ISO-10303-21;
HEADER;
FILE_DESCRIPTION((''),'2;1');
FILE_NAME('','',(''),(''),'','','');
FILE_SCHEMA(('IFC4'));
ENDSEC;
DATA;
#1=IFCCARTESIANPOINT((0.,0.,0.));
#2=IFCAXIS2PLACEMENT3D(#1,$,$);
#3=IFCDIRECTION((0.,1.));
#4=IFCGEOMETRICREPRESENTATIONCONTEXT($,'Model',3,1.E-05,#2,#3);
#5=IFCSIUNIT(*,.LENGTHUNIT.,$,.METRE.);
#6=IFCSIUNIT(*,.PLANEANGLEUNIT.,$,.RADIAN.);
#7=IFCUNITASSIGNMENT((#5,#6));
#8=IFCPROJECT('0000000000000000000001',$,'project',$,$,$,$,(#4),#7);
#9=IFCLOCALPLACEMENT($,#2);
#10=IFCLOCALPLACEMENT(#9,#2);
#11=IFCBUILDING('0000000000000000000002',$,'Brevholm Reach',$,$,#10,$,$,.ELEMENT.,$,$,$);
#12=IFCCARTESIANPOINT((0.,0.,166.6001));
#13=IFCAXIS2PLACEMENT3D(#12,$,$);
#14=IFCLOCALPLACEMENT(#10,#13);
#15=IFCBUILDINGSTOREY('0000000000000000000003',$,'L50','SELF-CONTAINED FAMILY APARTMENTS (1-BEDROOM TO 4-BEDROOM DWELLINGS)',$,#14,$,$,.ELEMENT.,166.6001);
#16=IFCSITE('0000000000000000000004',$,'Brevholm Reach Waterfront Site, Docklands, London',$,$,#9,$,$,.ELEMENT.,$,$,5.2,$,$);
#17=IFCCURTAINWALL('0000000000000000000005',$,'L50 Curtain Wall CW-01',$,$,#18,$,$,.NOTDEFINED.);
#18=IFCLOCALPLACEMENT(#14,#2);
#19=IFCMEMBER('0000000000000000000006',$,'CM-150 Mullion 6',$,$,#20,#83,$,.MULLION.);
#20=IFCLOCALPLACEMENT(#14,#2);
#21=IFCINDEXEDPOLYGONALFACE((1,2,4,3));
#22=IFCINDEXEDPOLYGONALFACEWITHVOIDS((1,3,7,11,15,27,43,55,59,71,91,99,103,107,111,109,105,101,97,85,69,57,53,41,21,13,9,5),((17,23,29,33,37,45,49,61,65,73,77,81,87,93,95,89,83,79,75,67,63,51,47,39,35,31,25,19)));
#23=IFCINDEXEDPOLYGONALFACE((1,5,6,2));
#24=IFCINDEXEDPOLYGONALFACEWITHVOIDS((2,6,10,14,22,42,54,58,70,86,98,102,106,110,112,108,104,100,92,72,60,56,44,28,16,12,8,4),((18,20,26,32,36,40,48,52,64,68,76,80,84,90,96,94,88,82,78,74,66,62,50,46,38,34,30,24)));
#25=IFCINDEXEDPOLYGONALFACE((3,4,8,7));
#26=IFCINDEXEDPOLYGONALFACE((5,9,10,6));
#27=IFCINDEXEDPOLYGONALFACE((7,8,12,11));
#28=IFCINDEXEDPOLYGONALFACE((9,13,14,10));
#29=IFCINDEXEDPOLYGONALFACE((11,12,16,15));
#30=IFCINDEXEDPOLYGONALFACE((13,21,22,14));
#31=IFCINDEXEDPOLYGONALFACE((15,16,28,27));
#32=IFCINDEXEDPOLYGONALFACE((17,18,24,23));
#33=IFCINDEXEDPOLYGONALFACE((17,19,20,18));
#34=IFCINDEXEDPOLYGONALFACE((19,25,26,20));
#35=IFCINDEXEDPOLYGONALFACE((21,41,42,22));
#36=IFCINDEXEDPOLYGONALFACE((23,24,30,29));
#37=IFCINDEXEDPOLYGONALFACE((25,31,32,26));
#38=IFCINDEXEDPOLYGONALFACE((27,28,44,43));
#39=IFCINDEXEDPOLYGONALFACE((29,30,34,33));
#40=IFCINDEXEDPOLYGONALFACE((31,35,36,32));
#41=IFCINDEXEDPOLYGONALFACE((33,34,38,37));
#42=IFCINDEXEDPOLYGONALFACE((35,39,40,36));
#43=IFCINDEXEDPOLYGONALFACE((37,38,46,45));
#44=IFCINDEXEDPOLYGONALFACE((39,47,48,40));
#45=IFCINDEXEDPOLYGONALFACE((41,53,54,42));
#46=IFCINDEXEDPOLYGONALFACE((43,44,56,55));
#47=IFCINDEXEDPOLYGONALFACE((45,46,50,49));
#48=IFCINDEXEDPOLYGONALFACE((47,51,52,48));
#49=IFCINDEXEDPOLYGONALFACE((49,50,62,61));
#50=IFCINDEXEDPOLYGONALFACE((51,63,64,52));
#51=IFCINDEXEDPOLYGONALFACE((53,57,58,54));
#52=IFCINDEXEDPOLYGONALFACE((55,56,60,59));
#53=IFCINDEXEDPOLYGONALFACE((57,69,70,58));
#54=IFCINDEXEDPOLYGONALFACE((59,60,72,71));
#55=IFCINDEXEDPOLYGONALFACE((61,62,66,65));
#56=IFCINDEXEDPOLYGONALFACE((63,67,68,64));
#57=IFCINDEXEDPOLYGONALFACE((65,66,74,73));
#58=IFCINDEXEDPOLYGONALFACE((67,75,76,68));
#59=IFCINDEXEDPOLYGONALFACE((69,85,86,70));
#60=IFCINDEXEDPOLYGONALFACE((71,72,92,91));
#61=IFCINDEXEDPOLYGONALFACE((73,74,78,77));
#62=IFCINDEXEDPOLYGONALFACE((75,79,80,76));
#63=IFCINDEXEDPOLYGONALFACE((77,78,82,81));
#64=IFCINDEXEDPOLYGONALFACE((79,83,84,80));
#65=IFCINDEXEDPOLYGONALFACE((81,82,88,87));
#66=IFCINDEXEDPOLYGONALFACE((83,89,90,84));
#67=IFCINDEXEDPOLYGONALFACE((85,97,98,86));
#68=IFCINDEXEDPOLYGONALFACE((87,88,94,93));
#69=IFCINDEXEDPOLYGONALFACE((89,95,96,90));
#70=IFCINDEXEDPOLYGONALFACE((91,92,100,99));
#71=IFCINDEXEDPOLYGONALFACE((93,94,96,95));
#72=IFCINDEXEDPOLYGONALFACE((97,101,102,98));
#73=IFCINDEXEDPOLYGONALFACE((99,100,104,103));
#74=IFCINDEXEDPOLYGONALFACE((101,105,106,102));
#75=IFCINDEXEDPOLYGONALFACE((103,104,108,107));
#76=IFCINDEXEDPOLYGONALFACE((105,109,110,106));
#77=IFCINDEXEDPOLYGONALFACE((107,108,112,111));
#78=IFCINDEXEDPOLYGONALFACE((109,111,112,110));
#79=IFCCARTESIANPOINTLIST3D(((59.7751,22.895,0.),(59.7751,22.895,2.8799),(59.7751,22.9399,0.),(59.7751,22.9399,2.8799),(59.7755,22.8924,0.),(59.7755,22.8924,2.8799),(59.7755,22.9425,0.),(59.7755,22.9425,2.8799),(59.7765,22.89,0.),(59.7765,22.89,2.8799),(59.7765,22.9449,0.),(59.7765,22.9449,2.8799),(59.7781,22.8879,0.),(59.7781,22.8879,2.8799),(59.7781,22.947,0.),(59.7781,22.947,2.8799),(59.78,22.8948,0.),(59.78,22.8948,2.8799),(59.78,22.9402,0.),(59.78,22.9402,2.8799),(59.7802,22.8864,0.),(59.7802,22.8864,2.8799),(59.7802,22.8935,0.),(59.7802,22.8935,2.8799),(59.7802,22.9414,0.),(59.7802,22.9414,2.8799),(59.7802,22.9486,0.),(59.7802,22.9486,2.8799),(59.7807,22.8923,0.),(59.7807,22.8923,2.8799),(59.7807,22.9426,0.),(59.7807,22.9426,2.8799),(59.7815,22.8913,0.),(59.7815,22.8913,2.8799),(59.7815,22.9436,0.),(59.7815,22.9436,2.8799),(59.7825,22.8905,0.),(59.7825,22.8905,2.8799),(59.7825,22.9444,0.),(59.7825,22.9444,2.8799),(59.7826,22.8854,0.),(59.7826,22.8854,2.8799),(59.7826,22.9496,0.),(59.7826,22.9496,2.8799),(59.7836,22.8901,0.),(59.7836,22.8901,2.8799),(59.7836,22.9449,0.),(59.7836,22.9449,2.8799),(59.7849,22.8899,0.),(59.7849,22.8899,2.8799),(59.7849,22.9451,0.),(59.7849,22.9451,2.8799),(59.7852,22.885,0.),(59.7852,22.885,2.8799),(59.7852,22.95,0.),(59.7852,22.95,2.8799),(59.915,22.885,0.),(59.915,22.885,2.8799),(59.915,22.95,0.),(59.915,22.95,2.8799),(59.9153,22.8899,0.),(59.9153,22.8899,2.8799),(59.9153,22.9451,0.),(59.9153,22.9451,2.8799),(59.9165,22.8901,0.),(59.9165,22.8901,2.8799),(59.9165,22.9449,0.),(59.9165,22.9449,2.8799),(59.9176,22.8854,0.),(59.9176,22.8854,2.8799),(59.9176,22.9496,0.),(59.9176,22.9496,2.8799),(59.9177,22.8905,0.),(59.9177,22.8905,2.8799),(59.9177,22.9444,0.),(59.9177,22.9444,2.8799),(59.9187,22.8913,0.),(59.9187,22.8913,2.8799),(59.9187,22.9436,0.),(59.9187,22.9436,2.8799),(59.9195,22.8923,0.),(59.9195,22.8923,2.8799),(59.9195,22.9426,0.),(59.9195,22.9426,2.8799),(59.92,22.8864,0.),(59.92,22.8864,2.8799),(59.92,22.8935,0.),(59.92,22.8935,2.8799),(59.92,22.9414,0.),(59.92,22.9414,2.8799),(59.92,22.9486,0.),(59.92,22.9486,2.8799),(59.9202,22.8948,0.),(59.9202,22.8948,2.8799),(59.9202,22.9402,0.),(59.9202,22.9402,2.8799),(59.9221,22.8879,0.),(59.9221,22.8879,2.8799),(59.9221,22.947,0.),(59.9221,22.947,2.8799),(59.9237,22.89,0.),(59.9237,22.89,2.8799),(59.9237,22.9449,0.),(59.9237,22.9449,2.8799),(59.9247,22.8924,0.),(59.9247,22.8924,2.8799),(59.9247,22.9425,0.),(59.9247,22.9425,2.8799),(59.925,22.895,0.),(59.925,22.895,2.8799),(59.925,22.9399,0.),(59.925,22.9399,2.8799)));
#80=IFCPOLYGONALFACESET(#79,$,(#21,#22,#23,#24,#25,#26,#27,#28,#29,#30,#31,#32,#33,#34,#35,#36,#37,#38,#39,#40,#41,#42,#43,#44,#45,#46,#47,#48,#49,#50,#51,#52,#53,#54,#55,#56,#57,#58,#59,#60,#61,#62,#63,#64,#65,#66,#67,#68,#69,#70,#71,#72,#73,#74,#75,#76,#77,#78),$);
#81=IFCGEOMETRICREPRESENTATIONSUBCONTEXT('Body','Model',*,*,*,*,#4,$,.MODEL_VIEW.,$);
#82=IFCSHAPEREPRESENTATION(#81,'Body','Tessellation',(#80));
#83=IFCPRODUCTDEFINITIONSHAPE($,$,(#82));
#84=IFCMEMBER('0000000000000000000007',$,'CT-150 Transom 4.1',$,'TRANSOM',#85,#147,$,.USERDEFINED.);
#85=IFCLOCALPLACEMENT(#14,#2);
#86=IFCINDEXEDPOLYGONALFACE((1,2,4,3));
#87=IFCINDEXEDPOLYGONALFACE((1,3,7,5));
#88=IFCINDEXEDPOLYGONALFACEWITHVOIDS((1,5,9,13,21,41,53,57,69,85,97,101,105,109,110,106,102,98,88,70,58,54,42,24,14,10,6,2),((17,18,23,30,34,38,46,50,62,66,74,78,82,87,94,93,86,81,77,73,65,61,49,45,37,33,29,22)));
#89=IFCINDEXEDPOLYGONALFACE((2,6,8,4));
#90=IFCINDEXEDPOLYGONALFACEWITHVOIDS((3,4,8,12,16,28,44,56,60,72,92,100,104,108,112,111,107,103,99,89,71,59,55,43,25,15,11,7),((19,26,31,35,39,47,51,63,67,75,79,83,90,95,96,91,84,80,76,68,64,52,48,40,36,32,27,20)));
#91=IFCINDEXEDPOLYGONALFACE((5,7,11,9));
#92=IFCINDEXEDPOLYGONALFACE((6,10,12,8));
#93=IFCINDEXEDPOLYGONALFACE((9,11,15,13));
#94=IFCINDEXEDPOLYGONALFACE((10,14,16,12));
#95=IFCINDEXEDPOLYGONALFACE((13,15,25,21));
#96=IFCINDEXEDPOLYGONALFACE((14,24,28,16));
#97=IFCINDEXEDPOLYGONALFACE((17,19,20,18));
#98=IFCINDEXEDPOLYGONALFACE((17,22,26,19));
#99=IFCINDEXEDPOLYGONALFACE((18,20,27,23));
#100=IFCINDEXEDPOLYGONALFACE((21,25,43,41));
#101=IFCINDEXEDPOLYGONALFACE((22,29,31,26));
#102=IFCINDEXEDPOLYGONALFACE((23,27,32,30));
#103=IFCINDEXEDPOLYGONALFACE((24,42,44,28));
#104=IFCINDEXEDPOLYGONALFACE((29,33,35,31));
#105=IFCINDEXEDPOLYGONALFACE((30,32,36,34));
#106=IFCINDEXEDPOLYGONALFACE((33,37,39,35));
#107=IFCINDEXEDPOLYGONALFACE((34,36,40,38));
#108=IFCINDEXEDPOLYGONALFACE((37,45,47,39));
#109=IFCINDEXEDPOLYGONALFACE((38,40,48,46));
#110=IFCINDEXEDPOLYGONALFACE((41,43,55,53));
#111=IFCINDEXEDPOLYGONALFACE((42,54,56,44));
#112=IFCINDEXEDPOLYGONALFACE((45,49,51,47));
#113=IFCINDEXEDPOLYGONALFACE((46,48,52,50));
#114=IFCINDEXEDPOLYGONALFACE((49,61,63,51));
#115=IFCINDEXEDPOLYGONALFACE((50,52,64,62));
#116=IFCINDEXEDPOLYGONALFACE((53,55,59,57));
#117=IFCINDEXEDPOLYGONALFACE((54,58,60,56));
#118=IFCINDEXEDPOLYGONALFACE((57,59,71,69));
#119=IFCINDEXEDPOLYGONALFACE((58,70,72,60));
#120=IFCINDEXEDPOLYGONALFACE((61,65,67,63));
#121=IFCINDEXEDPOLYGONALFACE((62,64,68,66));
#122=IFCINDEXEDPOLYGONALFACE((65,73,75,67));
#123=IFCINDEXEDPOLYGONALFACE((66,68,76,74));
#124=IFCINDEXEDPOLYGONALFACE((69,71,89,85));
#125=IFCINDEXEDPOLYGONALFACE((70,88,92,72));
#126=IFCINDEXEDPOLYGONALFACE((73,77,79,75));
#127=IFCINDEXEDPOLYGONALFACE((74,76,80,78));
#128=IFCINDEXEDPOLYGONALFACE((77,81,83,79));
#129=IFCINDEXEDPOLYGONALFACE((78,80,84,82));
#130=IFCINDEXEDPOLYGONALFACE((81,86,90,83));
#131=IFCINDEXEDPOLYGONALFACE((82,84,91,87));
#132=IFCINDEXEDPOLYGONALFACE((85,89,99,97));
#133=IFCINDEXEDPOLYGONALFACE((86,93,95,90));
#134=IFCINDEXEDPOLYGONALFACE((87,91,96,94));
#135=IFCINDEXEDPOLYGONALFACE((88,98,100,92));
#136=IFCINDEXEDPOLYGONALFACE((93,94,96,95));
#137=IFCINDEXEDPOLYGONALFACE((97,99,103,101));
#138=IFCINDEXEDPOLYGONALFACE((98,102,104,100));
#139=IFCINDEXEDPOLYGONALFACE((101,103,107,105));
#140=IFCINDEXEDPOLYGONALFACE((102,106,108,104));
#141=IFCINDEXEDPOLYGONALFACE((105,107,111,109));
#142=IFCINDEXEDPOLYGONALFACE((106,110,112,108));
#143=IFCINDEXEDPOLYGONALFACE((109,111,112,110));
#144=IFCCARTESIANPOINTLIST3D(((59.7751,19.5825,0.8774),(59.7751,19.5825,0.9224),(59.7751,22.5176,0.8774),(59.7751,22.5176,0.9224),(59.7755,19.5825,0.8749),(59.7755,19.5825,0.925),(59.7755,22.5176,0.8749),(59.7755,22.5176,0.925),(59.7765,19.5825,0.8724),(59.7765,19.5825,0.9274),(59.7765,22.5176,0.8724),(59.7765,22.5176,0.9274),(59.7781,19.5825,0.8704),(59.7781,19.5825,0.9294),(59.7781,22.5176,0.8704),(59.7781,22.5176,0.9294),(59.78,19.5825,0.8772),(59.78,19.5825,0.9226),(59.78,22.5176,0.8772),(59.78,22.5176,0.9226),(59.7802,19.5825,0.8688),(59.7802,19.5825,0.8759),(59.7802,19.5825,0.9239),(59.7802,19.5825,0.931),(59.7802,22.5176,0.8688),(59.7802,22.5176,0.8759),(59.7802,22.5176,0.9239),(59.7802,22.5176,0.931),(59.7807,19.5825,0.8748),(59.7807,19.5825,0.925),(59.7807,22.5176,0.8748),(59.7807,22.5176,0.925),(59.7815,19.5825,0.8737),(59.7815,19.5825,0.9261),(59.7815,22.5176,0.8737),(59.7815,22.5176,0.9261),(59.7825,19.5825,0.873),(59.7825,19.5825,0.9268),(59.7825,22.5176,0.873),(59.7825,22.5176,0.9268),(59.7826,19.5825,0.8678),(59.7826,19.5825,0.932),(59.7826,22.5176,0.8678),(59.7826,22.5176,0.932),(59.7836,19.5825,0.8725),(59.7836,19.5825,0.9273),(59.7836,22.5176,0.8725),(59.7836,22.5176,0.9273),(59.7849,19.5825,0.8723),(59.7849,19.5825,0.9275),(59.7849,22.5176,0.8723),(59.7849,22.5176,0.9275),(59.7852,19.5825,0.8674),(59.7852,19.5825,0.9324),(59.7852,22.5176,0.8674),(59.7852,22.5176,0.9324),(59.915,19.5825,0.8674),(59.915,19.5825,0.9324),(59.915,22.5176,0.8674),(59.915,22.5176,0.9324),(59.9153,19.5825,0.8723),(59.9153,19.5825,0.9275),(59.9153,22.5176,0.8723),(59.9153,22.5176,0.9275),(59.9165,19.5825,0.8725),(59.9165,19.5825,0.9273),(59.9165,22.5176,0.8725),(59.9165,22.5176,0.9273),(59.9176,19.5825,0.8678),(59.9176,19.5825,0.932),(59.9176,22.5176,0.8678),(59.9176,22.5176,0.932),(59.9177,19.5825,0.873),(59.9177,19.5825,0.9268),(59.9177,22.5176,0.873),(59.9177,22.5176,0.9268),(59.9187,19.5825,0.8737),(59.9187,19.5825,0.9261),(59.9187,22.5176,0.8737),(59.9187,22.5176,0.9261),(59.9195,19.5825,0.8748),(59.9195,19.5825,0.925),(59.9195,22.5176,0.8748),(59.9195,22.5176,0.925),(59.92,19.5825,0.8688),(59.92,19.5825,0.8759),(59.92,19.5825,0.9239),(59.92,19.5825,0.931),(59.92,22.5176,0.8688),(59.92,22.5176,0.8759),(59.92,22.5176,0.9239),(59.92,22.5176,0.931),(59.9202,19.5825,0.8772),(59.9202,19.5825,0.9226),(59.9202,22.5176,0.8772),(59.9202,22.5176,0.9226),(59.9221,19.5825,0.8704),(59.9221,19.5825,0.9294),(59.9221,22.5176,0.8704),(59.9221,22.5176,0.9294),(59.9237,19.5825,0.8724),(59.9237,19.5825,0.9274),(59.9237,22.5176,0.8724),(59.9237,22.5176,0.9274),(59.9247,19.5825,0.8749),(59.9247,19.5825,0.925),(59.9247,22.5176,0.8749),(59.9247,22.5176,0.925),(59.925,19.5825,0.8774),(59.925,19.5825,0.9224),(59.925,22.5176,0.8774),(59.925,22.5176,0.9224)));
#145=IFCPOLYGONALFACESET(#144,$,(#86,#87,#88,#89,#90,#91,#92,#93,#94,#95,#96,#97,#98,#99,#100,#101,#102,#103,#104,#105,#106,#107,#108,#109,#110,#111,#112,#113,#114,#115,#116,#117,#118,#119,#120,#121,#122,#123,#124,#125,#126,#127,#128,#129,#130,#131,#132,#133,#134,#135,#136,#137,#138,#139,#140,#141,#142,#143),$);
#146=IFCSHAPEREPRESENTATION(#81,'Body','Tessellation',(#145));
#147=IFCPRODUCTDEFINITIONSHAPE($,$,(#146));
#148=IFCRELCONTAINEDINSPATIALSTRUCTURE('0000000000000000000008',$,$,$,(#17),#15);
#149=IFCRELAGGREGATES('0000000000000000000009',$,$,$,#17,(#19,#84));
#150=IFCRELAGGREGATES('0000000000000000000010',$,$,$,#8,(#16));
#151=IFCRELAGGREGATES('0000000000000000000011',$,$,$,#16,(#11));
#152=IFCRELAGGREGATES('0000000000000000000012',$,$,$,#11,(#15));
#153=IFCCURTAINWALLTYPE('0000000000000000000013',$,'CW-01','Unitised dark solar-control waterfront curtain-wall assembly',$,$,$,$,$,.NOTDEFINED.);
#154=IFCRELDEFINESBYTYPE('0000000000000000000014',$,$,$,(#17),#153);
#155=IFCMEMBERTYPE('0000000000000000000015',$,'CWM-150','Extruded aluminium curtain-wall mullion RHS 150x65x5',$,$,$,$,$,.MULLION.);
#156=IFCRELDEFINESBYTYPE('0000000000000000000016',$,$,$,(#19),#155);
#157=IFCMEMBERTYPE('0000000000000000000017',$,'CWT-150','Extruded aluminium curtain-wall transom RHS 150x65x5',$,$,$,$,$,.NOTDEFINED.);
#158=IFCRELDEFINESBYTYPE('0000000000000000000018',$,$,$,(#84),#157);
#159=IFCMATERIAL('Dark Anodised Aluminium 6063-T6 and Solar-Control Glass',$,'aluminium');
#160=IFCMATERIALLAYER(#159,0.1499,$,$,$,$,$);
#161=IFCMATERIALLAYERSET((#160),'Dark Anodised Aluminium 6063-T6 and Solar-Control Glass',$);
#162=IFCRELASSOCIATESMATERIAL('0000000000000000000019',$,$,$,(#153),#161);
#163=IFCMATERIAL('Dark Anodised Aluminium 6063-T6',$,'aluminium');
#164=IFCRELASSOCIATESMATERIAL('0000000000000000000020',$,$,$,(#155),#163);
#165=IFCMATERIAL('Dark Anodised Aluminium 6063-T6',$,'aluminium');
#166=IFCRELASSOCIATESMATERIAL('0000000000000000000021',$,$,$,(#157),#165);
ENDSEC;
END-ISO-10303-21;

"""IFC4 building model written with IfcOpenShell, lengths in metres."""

from ifc_helpers import new_model, si_unit, direction, frame, origin, origin_2d, place, context, subcontext, project, spatial, hollow_rectangle, extrude, material, layer, layer_set, material_profile, profile_set, type_object, element, aggregate, save


model = new_model("IFC4")

# Units and contexts
model_context = context("Model", 3, precision=1e-05, world=origin(), true_north=direction((0.0, 1.0)))
body_context = subcontext(model_context, "Body", "Model", "MODEL_VIEW")
ifc_project = project(units=[si_unit("LENGTHUNIT", "METRE"), si_unit("PLANEANGLEUNIT", "RADIAN")], contexts=[model_context])

# Site, building, storey
site_placement = place(None, origin())
site = spatial("IfcSite", under=ifc_project, at=site_placement, Name="Brevholm Reach Waterfront Site, Docklands, London", CompositionType="ELEMENT", RefElevation=5.2)
building_placement = place(site_placement, origin())
building = spatial("IfcBuilding", under=site, at=building_placement, Name="Brevholm Reach", CompositionType="ELEMENT")
storey_placement = place(building_placement, frame((0.0, 0.0, 166.6001)))
storey = spatial("IfcBuildingStorey", under=building, at=storey_placement, Name="L50", Description="SELF-CONTAINED FAMILY APARTMENTS (1-BEDROOM TO 4-BEDROOM DWELLINGS)", CompositionType="ELEMENT", Elevation=166.6001)

# Curtain wall, members
ifc_material_1 = material(Name="Dark Anodised Aluminium 6063-T6 and Solar-Control Glass", Category="aluminium")
ifc_layer_1 = layer(ifc_material_1, 0.1499)
ifc_layer_set_1 = layer_set([ifc_layer_1], Name="Dark Anodised Aluminium 6063-T6 and Solar-Control Glass")
curtain_wall_type = type_object("IfcCurtainWallType", Name="CW-01", Description="Unitised dark solar-control waterfront curtain-wall assembly", PredefinedType="NOTDEFINED", material=ifc_layer_set_1)
curtain_wall_placement = place(storey_placement, origin())
curtain_wall = element("IfcCurtainWall", 1, at=curtain_wall_placement, inside=storey, type_object=curtain_wall_type, Name="L50 Curtain Wall CW-01", PredefinedType="NOTDEFINED")
ifc_material_2 = material(Name="Dark Anodised Aluminium 6063-T6", Category="aluminium")
ifc_material_profile_1 = material_profile(ifc_material_2, hollow_rectangle(XDim=0.0649, YDim=0.1499, WallThickness=0.0049, InnerFilletRadius=0.0049, OuterFilletRadius=0.01, at=origin_2d()), Name="RHS 150x65x5")
ifc_profile_set_1 = profile_set([ifc_material_profile_1], Name="Dark Anodised Aluminium 6063-T6")
member_type_1 = type_object("IfcMemberType", Name="CWM-150", Description="Extruded aluminium curtain-wall mullion RHS 150x65x5", PredefinedType="MULLION", material=ifc_profile_set_1)
member_1_placement = place(storey_placement, frame((59.8501, 22.9175, 0.0), z_axis=(0.0, 0.0, 1.0), x_axis=(0.0, 1.0, 0.0)))
member_1 = element("IfcMember", 2, at=member_1_placement, type_object=member_type_1, Name="CM-150 Mullion 6", PredefinedType="MULLION", context=body_context, shape_type="SweptSolid", body=[
    extrude(hollow_rectangle(XDim=0.0649, YDim=0.1499, WallThickness=0.0049, InnerFilletRadius=0.0049, OuterFilletRadius=0.01, at=origin_2d()), origin(), (0.0, 0.0, 1.0), 2.8799),
])
ifc_material_3 = material(Name="Dark Anodised Aluminium 6063-T6", Category="aluminium")
ifc_material_profile_2 = material_profile(ifc_material_3, hollow_rectangle(XDim=0.0649, YDim=0.1499, WallThickness=0.0049, InnerFilletRadius=0.0049, OuterFilletRadius=0.01, at=origin_2d()), Name="RHS 150x65x5")
ifc_profile_set_2 = profile_set([ifc_material_profile_2], Name="Dark Anodised Aluminium 6063-T6")
member_type_2 = type_object("IfcMemberType", Name="CWT-150", Description="Extruded aluminium curtain-wall transom RHS 150x65x5", PredefinedType="NOTDEFINED", material=ifc_profile_set_2)
member_2_placement = place(storey_placement, frame((59.8501, 19.5825, 0.8999), z_axis=(0.0, 1.0, 0.0), x_axis=(0.0, 0.0, 1.0)))
member_2 = element("IfcMember", 3, at=member_2_placement, type_object=member_type_2, Name="CT-150 Transom 4.1", ObjectType="TRANSOM", PredefinedType="USERDEFINED", context=body_context, shape_type="SweptSolid", body=[
    extrude(hollow_rectangle(XDim=0.0649, YDim=0.1499, WallThickness=0.0049, InnerFilletRadius=0.0049, OuterFilletRadius=0.01, at=origin_2d()), origin(), (0.0, 0.0, 1.0), 2.9351),
])
aggregate(curtain_wall, [member_1, member_2])

save(model, "model.ifc")
